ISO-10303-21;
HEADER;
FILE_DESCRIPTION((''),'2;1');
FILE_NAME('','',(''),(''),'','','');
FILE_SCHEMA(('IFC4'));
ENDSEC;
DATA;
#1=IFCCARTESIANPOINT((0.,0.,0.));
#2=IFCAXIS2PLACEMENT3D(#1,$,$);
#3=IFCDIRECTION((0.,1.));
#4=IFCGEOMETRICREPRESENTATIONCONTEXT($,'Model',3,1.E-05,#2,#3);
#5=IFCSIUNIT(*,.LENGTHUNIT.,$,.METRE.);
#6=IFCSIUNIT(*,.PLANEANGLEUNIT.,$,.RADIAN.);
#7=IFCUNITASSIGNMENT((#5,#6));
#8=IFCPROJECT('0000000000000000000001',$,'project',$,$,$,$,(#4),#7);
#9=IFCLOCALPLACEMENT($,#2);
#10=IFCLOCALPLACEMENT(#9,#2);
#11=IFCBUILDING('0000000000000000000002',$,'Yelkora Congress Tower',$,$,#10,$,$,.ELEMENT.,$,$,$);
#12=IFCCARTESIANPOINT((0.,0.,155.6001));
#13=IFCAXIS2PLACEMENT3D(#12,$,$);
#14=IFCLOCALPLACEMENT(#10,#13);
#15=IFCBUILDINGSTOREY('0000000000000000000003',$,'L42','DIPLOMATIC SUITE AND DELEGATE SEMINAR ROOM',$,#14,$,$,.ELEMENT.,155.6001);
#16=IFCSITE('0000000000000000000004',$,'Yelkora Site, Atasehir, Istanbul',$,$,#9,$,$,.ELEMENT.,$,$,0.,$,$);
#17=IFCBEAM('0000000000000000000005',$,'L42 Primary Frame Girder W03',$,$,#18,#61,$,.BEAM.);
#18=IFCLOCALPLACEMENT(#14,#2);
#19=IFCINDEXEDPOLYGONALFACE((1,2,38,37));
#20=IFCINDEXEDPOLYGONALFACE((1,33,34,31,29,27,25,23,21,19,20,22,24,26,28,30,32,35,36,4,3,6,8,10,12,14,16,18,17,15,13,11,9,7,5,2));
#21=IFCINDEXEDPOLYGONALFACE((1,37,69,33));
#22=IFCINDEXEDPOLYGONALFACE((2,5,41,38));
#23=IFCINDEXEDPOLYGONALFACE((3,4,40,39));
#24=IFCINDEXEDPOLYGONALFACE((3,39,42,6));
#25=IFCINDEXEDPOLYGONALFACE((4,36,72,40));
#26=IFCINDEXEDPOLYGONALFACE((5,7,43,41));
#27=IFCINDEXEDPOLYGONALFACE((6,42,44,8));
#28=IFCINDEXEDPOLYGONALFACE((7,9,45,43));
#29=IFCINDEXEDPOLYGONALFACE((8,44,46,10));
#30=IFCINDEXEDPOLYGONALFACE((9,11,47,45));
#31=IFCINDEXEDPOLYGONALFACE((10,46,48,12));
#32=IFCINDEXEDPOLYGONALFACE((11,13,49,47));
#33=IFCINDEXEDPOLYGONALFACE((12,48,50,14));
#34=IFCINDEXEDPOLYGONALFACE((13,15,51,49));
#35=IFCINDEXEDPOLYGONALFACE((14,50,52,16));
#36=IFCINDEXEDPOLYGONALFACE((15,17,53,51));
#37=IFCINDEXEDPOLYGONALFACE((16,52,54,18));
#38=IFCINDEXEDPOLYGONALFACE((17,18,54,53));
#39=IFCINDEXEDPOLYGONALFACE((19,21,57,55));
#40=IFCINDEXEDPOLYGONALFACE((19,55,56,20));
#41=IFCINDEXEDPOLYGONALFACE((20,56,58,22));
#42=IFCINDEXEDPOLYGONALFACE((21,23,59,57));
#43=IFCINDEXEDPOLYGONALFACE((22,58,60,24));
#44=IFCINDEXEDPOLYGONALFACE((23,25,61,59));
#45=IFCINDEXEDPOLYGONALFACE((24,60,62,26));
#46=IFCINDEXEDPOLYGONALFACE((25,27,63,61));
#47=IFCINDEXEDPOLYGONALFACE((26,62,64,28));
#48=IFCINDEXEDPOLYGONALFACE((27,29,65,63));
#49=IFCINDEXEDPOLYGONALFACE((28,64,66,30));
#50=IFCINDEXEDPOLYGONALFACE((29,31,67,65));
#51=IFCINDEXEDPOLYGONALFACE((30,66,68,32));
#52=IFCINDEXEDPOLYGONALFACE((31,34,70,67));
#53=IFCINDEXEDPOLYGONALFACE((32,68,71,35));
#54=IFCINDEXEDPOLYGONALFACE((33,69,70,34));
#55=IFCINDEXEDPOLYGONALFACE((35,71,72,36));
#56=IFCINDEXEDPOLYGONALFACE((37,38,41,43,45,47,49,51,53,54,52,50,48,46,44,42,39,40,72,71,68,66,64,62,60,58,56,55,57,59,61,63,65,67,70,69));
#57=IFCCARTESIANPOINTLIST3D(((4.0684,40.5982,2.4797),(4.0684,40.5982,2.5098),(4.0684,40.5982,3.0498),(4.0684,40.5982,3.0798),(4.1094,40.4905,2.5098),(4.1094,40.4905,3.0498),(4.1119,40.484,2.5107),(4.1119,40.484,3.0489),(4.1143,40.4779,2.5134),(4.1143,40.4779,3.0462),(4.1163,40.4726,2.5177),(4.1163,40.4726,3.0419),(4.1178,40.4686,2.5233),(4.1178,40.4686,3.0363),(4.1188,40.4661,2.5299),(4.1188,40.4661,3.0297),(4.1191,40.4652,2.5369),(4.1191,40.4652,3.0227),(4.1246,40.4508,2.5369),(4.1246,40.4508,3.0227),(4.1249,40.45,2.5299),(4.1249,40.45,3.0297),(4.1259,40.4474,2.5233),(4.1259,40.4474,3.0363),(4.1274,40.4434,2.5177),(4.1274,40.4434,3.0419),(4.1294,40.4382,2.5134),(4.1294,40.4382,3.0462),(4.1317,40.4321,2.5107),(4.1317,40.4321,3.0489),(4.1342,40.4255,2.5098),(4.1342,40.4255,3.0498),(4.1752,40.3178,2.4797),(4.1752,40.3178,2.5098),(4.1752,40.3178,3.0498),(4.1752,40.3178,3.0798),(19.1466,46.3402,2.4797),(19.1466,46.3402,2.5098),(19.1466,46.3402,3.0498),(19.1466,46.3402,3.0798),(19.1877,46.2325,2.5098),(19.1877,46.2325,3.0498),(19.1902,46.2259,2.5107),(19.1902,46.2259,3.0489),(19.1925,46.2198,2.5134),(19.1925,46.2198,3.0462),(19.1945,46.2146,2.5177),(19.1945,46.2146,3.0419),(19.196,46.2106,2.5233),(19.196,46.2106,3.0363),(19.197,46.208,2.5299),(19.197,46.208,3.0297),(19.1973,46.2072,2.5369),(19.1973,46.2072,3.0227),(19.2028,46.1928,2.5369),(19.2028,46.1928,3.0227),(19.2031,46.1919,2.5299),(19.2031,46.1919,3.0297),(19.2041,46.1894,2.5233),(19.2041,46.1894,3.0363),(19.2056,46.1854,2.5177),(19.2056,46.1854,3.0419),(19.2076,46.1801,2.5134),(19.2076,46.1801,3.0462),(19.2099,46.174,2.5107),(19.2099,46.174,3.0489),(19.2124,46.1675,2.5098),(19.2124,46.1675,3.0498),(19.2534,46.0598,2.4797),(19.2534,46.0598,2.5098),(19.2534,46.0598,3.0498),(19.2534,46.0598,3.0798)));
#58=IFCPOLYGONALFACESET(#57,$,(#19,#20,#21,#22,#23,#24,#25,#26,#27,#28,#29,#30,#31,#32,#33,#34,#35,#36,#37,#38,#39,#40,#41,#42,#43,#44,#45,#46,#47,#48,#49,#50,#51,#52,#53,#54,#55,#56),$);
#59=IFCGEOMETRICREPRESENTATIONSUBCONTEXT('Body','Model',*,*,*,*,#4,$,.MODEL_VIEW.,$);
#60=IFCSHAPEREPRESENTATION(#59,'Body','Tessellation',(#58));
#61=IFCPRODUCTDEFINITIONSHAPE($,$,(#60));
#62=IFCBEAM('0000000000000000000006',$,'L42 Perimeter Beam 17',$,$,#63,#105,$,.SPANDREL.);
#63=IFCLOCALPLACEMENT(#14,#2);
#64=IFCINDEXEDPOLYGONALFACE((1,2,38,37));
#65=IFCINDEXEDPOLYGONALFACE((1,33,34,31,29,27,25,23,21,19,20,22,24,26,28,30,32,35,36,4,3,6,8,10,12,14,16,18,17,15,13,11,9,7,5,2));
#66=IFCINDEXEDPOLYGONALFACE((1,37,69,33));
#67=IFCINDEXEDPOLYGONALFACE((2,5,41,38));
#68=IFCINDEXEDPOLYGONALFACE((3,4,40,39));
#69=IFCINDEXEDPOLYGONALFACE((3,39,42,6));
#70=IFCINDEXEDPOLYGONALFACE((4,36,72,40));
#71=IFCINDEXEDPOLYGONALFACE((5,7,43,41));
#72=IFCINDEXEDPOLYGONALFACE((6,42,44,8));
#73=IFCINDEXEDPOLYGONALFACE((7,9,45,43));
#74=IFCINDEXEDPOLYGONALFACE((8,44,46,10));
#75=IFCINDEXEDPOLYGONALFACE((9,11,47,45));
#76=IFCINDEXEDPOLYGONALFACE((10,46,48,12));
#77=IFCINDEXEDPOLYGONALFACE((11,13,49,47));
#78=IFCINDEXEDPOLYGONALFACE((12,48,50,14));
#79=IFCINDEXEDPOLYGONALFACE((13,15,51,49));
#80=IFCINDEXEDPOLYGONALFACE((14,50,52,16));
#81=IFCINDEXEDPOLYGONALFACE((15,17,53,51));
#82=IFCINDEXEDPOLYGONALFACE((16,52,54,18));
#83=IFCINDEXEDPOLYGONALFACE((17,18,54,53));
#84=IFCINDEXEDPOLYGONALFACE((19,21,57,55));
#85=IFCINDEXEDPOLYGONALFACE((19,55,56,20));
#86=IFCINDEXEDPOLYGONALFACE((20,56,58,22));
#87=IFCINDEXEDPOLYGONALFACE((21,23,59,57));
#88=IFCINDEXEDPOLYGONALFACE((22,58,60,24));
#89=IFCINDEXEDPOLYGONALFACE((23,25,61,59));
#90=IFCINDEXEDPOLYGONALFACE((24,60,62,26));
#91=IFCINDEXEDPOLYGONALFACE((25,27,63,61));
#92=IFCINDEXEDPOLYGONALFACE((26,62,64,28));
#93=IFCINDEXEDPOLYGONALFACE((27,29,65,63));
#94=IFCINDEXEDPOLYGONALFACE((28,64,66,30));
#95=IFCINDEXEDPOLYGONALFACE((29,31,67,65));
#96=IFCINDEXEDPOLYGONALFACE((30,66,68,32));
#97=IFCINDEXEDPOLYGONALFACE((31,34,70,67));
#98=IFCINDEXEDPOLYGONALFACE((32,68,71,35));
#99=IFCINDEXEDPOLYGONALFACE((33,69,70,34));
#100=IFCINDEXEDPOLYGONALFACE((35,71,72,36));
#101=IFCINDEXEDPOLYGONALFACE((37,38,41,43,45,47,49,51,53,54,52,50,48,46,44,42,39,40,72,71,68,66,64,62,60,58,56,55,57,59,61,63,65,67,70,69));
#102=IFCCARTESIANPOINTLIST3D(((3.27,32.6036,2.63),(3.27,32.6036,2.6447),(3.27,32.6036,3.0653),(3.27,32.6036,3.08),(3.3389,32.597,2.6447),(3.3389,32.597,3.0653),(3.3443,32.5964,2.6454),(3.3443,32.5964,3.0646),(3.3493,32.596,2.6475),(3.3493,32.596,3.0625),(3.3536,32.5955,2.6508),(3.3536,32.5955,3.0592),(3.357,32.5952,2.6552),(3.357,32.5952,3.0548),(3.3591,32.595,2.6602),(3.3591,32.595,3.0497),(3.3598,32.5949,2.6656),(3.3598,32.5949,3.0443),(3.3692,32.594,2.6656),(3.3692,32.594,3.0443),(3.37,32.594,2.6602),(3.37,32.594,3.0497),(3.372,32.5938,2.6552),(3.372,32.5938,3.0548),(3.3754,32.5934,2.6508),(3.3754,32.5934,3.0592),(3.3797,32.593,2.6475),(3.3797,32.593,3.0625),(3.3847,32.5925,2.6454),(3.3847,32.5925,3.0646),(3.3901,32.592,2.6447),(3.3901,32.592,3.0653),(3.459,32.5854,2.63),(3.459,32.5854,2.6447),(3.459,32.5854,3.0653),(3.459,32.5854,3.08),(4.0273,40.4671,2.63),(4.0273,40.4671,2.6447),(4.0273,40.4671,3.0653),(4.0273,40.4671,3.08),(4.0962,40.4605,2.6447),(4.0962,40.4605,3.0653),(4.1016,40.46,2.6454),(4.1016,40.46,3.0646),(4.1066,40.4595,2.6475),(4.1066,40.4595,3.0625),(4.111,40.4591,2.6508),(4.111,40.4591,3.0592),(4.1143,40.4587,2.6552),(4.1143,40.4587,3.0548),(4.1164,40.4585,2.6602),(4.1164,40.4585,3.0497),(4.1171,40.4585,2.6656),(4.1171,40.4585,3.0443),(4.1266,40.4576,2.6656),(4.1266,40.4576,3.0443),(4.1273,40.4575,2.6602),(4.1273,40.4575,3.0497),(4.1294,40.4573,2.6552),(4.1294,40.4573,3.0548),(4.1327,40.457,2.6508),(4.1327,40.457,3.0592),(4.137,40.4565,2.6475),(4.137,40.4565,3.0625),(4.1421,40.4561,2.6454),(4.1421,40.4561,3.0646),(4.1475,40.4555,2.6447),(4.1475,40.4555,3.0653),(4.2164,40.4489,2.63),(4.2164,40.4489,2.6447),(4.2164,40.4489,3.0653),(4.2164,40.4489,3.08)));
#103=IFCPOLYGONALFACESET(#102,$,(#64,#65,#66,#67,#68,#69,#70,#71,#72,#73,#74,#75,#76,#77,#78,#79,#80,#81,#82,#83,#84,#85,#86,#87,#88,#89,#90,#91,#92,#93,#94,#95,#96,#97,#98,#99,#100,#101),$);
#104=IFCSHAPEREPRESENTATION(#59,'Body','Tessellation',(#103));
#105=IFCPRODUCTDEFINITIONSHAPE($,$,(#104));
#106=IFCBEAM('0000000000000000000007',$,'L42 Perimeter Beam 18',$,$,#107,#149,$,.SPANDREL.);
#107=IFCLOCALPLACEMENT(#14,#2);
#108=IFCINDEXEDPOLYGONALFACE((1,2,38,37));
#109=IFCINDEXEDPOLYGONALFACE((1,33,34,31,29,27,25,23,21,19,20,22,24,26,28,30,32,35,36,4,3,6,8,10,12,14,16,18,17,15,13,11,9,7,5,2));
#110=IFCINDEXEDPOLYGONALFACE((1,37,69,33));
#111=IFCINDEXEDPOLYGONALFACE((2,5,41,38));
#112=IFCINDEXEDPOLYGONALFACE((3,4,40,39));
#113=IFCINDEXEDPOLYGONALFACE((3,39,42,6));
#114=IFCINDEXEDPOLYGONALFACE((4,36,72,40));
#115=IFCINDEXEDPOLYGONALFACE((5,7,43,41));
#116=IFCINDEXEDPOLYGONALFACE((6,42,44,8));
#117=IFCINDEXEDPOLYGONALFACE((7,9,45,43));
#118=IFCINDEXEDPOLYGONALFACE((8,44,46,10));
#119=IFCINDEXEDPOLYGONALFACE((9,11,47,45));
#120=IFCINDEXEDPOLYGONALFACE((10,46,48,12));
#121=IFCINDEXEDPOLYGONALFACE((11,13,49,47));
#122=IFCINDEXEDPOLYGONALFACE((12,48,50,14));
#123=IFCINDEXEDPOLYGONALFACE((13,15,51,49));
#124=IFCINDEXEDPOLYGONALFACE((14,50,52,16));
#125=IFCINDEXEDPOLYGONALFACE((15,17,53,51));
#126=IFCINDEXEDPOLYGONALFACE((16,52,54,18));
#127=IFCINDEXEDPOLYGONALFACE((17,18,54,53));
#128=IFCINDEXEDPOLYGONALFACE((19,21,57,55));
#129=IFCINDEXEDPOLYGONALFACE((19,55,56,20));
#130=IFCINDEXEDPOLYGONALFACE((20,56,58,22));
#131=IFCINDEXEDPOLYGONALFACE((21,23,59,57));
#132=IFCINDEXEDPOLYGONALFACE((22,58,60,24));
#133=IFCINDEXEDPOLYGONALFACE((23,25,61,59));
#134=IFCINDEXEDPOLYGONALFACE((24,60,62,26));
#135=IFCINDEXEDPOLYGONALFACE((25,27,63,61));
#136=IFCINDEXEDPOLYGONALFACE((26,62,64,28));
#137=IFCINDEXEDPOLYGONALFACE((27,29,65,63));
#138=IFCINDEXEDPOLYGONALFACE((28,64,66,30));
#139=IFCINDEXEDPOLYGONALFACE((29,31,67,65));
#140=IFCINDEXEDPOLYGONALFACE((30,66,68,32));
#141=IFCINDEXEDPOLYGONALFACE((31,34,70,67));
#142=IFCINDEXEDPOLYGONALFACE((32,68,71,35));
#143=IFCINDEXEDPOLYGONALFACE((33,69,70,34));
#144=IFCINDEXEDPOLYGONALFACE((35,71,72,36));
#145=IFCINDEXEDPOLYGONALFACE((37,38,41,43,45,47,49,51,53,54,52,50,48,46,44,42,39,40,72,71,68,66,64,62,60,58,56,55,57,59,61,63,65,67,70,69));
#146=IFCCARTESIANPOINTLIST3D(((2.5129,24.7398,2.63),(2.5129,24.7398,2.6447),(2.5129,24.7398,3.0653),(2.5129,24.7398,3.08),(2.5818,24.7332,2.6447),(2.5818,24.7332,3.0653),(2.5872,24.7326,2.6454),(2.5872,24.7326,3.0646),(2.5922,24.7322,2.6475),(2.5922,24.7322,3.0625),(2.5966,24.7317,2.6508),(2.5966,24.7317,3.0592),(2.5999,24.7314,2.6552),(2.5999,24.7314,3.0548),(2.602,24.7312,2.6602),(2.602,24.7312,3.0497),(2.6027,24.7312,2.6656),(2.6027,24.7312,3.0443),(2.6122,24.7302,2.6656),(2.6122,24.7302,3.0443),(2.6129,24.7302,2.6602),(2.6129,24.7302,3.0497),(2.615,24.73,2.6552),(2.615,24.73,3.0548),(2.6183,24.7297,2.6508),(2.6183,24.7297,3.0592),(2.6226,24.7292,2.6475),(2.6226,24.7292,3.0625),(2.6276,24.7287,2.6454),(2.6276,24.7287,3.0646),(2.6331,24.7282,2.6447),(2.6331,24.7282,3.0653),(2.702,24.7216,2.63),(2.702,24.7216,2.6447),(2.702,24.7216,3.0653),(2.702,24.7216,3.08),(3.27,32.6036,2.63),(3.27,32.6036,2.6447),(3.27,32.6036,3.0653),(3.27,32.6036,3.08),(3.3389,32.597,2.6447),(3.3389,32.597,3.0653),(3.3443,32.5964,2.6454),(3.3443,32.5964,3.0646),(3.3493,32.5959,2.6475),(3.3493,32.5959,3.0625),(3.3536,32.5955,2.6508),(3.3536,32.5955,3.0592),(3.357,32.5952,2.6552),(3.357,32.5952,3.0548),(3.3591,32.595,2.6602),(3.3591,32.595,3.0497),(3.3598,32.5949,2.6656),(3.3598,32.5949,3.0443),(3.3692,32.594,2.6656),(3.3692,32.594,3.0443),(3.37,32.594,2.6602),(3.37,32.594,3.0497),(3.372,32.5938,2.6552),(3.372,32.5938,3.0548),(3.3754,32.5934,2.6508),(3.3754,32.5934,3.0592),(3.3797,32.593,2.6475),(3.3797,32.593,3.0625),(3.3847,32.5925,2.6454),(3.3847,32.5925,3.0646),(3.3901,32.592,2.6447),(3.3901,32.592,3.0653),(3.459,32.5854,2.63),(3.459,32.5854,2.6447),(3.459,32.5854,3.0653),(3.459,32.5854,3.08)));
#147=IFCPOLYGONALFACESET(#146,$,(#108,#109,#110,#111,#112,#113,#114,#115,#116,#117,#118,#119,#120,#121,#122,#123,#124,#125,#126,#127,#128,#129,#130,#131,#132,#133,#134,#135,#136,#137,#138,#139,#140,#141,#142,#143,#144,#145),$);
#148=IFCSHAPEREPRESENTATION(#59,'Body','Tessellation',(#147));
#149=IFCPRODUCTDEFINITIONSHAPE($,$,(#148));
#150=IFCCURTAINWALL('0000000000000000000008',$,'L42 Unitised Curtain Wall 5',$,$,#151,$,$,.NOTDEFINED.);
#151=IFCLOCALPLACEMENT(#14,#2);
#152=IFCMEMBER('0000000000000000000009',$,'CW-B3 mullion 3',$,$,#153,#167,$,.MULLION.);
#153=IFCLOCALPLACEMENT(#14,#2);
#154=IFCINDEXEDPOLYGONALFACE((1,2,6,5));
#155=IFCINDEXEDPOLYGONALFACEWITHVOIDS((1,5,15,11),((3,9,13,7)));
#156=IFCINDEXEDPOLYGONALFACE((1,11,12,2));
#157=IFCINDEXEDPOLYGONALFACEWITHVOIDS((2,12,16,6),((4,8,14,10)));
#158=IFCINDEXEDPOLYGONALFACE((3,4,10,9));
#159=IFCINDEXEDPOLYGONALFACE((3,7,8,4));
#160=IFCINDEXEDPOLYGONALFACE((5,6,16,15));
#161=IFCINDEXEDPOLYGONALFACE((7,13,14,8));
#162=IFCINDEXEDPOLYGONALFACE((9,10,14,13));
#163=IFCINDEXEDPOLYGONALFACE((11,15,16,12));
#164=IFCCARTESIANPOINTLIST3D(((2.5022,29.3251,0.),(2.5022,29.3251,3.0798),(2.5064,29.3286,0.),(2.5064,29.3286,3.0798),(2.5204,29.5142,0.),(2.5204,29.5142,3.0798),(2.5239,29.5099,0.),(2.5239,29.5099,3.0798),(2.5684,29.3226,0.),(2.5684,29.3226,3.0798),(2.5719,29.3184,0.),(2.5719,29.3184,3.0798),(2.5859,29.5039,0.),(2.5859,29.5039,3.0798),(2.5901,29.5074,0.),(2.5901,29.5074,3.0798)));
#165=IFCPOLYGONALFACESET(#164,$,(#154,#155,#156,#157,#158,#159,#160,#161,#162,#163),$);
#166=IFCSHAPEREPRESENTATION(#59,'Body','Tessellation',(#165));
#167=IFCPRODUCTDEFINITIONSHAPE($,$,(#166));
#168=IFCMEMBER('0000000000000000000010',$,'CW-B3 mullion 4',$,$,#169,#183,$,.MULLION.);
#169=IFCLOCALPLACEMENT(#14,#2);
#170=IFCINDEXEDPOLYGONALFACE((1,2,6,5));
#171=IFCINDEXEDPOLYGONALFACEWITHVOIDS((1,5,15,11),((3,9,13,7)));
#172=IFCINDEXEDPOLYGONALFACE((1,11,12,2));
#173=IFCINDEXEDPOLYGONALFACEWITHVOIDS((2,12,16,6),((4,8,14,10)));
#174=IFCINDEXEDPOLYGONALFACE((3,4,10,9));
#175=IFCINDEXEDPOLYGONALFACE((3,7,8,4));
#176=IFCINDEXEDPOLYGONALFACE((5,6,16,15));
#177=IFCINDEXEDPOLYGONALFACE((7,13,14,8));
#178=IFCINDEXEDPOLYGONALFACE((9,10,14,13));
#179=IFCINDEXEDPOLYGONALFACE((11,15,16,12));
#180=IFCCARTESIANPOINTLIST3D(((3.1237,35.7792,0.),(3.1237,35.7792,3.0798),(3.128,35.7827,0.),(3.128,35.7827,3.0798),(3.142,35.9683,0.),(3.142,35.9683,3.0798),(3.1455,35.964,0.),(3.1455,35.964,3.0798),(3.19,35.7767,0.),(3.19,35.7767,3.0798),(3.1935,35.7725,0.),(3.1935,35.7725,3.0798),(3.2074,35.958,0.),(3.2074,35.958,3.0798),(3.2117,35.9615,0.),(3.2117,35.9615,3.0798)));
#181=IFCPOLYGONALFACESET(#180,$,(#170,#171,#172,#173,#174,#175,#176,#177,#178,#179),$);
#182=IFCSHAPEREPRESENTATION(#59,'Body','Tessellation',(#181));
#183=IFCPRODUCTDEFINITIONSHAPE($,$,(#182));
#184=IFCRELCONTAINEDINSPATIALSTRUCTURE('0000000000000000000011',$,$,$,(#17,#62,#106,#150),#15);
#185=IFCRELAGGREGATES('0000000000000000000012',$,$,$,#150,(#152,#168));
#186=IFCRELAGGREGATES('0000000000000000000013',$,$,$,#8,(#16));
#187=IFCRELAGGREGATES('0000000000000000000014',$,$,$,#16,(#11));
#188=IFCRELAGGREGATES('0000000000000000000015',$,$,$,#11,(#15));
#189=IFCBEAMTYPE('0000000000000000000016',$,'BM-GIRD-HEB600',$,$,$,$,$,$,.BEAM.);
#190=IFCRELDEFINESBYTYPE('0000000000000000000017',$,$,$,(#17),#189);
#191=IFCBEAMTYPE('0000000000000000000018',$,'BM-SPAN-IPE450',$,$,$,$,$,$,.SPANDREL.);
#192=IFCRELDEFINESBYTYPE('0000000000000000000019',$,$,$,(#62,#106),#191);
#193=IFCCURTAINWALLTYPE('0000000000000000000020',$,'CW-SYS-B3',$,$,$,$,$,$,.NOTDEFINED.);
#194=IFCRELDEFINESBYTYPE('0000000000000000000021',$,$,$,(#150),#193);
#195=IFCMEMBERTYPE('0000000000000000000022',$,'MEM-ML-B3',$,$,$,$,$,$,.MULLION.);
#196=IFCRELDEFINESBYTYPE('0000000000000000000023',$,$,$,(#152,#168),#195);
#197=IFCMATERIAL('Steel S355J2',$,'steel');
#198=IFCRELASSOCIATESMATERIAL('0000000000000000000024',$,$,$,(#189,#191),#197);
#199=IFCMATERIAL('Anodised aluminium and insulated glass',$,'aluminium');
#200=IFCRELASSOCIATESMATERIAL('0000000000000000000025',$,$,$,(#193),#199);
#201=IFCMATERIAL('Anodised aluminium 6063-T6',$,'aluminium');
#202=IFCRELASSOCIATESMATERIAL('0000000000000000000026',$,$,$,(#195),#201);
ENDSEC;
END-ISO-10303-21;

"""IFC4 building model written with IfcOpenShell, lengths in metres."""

from ifc_helpers import new_model, si_unit, direction, frame, origin, origin_2d, place, context, subcontext, project, spatial, hollow_rectangle, i_section, extrude, material, material_profile, profile_set, type_object, element, aggregate, save


model = new_model("IFC4")

# Units and contexts
model_context = context("Model", 3, precision=1e-05, world=origin(), true_north=direction((0.0, 1.0)))
body_context = subcontext(model_context, "Body", "Model", "MODEL_VIEW")
ifc_project = project(units=[si_unit("LENGTHUNIT", "METRE"), si_unit("PLANEANGLEUNIT", "RADIAN")], contexts=[model_context])

# Site, building, storey
site_placement = place(None, origin())
site = spatial("IfcSite", under=ifc_project, at=site_placement, Name="Yelkora Site, Atasehir, Istanbul", CompositionType="ELEMENT", RefElevation=0.0)
building_placement = place(site_placement, origin())
building = spatial("IfcBuilding", under=site, at=building_placement, Name="Yelkora Congress Tower", CompositionType="ELEMENT")
storey_placement = place(building_placement, frame((0.0, 0.0, 155.6001)))
storey = spatial("IfcBuildingStorey", under=building, at=storey_placement, Name="L42", Description="DIPLOMATIC SUITE AND DELEGATE SEMINAR ROOM", CompositionType="ELEMENT", Elevation=155.6001)

# Beams
ifc_material_1 = material(Name="Steel S355J2", Category="steel")
ifc_material_profile_1 = material_profile(ifc_material_1, i_section(OverallWidth=0.3, OverallDepth=0.6001, WebThickness=0.0154, FlangeThickness=0.03, FilletRadius=0.0271, at=origin_2d()), Name="HEB 600")
ifc_profile_set_1 = profile_set([ifc_material_profile_1], Name="Steel S355J2")
beam_type_1 = type_object("IfcBeamType", Name="BM-GIRD-HEB600", PredefinedType="BEAM", material=ifc_profile_set_1)
beam_1_placement = place(storey_placement, frame((4.1218, 40.458, 2.7798), z_axis=(0.934531, 0.355881, 0.0), x_axis=(-0.355881, 0.934531, 0.0)))
element("IfcBeam", 1, at=beam_1_placement, inside=storey, type_object=beam_type_1, Name="L42 Primary Frame Girder W03", PredefinedType="BEAM", context=body_context, shape_type="SweptSolid", body=[
    extrude(i_section(OverallWidth=0.3, OverallDepth=0.6001, WebThickness=0.0154, FlangeThickness=0.03, FilletRadius=0.0271, at=origin_2d()), origin(), (0.0, 0.0, 1.0), 16.1345),
])
ifc_material_profile_2 = material_profile(ifc_material_1, i_section(OverallWidth=0.1899, OverallDepth=0.45, WebThickness=0.0095, FlangeThickness=0.0146, FilletRadius=0.021, at=origin_2d()), Name="IPE 450")
ifc_profile_set_2 = profile_set([ifc_material_profile_2], Name="Steel S355J2")
beam_type_2 = type_object("IfcBeamType", Name="BM-SPAN-IPE450", PredefinedType="SPANDREL", material=ifc_profile_set_2)
beam_2_placement = place(storey_placement, frame((4.1218, 40.458, 2.855), z_axis=(-0.095865, -0.995394, 0.0), x_axis=(0.995394, -0.095865, 0.0)))
element("IfcBeam", 2, at=beam_2_placement, inside=storey, type_object=beam_type_2, Name="L42 Perimeter Beam 17", PredefinedType="SPANDREL", context=body_context, shape_type="SweptSolid", body=[
    extrude(i_section(OverallWidth=0.1899, OverallDepth=0.45, WebThickness=0.0095, FlangeThickness=0.0146, FilletRadius=0.021, at=origin_2d()), origin(), (0.0, 0.0, 1.0), 7.8999),
])
beam_3_placement = place(storey_placement, frame((3.3645, 32.5945, 2.855), z_axis=(-0.095831, -0.995398, 0.0), x_axis=(0.995398, -0.095831, 0.0)))
element("IfcBeam", 3, at=beam_3_placement, inside=storey, type_object=beam_type_2, Name="L42 Perimeter Beam 18", PredefinedType="SPANDREL", context=body_context, shape_type="SweptSolid", body=[
    extrude(i_section(OverallWidth=0.1899, OverallDepth=0.45, WebThickness=0.0095, FlangeThickness=0.0146, FilletRadius=0.021, at=origin_2d()), origin(), (0.0, 0.0, 1.0), 7.9001),
])

# Curtain wall, members
ifc_material_2 = material(Name="Anodised aluminium and insulated glass", Category="aluminium")
curtain_wall_type = type_object("IfcCurtainWallType", Name="CW-SYS-B3", PredefinedType="NOTDEFINED", material=ifc_material_2)
curtain_wall_placement = place(storey_placement, origin())
curtain_wall = element("IfcCurtainWall", 4, at=curtain_wall_placement, inside=storey, type_object=curtain_wall_type, Name="L42 Unitised Curtain Wall 5", PredefinedType="NOTDEFINED")
ifc_material_3 = material(Name="Anodised aluminium 6063-T6", Category="aluminium")
ifc_material_profile_3 = material_profile(ifc_material_3, hollow_rectangle(XDim=0.0701, YDim=0.1899, WallThickness=0.0039, at=origin_2d()), Name="ALU 70x190x4")
ifc_profile_set_3 = profile_set([ifc_material_profile_3], Name="Anodised aluminium 6063-T6")
member_type_1 = type_object("IfcMemberType", Name="MEM-ML-B3", PredefinedType="MULLION", material=ifc_profile_set_3)
member_1_placement = place(storey_placement, frame((2.5461, 29.4163, 0.0), z_axis=(0.0, 0.0, 1.0), x_axis=(-0.995396, 0.095845, 0.0)))
member_1 = element("IfcMember", 5, at=member_1_placement, type_object=member_type_1, Name="CW-B3 mullion 3", PredefinedType="MULLION", context=body_context, shape_type="SweptSolid", body=[
    extrude(hollow_rectangle(XDim=0.0701, YDim=0.1899, WallThickness=0.0039, at=origin_2d()), origin(), (0.0, 0.0, 1.0), 3.0798),
])
member_2_placement = place(storey_placement, frame((3.1677, 35.8704, 0.0), z_axis=(0.0, 0.0, 1.0), x_axis=(-0.995396, 0.095845, 0.0)))
member_2 = element("IfcMember", 6, at=member_2_placement, type_object=member_type_1, Name="CW-B3 mullion 4", PredefinedType="MULLION", context=body_context, shape_type="SweptSolid", body=[
    extrude(hollow_rectangle(XDim=0.0701, YDim=0.1899, WallThickness=0.0039, at=origin_2d()), origin(), (0.0, 0.0, 1.0), 3.0798),
])
aggregate(curtain_wall, [member_1, member_2])

save(model, "model.ifc")
